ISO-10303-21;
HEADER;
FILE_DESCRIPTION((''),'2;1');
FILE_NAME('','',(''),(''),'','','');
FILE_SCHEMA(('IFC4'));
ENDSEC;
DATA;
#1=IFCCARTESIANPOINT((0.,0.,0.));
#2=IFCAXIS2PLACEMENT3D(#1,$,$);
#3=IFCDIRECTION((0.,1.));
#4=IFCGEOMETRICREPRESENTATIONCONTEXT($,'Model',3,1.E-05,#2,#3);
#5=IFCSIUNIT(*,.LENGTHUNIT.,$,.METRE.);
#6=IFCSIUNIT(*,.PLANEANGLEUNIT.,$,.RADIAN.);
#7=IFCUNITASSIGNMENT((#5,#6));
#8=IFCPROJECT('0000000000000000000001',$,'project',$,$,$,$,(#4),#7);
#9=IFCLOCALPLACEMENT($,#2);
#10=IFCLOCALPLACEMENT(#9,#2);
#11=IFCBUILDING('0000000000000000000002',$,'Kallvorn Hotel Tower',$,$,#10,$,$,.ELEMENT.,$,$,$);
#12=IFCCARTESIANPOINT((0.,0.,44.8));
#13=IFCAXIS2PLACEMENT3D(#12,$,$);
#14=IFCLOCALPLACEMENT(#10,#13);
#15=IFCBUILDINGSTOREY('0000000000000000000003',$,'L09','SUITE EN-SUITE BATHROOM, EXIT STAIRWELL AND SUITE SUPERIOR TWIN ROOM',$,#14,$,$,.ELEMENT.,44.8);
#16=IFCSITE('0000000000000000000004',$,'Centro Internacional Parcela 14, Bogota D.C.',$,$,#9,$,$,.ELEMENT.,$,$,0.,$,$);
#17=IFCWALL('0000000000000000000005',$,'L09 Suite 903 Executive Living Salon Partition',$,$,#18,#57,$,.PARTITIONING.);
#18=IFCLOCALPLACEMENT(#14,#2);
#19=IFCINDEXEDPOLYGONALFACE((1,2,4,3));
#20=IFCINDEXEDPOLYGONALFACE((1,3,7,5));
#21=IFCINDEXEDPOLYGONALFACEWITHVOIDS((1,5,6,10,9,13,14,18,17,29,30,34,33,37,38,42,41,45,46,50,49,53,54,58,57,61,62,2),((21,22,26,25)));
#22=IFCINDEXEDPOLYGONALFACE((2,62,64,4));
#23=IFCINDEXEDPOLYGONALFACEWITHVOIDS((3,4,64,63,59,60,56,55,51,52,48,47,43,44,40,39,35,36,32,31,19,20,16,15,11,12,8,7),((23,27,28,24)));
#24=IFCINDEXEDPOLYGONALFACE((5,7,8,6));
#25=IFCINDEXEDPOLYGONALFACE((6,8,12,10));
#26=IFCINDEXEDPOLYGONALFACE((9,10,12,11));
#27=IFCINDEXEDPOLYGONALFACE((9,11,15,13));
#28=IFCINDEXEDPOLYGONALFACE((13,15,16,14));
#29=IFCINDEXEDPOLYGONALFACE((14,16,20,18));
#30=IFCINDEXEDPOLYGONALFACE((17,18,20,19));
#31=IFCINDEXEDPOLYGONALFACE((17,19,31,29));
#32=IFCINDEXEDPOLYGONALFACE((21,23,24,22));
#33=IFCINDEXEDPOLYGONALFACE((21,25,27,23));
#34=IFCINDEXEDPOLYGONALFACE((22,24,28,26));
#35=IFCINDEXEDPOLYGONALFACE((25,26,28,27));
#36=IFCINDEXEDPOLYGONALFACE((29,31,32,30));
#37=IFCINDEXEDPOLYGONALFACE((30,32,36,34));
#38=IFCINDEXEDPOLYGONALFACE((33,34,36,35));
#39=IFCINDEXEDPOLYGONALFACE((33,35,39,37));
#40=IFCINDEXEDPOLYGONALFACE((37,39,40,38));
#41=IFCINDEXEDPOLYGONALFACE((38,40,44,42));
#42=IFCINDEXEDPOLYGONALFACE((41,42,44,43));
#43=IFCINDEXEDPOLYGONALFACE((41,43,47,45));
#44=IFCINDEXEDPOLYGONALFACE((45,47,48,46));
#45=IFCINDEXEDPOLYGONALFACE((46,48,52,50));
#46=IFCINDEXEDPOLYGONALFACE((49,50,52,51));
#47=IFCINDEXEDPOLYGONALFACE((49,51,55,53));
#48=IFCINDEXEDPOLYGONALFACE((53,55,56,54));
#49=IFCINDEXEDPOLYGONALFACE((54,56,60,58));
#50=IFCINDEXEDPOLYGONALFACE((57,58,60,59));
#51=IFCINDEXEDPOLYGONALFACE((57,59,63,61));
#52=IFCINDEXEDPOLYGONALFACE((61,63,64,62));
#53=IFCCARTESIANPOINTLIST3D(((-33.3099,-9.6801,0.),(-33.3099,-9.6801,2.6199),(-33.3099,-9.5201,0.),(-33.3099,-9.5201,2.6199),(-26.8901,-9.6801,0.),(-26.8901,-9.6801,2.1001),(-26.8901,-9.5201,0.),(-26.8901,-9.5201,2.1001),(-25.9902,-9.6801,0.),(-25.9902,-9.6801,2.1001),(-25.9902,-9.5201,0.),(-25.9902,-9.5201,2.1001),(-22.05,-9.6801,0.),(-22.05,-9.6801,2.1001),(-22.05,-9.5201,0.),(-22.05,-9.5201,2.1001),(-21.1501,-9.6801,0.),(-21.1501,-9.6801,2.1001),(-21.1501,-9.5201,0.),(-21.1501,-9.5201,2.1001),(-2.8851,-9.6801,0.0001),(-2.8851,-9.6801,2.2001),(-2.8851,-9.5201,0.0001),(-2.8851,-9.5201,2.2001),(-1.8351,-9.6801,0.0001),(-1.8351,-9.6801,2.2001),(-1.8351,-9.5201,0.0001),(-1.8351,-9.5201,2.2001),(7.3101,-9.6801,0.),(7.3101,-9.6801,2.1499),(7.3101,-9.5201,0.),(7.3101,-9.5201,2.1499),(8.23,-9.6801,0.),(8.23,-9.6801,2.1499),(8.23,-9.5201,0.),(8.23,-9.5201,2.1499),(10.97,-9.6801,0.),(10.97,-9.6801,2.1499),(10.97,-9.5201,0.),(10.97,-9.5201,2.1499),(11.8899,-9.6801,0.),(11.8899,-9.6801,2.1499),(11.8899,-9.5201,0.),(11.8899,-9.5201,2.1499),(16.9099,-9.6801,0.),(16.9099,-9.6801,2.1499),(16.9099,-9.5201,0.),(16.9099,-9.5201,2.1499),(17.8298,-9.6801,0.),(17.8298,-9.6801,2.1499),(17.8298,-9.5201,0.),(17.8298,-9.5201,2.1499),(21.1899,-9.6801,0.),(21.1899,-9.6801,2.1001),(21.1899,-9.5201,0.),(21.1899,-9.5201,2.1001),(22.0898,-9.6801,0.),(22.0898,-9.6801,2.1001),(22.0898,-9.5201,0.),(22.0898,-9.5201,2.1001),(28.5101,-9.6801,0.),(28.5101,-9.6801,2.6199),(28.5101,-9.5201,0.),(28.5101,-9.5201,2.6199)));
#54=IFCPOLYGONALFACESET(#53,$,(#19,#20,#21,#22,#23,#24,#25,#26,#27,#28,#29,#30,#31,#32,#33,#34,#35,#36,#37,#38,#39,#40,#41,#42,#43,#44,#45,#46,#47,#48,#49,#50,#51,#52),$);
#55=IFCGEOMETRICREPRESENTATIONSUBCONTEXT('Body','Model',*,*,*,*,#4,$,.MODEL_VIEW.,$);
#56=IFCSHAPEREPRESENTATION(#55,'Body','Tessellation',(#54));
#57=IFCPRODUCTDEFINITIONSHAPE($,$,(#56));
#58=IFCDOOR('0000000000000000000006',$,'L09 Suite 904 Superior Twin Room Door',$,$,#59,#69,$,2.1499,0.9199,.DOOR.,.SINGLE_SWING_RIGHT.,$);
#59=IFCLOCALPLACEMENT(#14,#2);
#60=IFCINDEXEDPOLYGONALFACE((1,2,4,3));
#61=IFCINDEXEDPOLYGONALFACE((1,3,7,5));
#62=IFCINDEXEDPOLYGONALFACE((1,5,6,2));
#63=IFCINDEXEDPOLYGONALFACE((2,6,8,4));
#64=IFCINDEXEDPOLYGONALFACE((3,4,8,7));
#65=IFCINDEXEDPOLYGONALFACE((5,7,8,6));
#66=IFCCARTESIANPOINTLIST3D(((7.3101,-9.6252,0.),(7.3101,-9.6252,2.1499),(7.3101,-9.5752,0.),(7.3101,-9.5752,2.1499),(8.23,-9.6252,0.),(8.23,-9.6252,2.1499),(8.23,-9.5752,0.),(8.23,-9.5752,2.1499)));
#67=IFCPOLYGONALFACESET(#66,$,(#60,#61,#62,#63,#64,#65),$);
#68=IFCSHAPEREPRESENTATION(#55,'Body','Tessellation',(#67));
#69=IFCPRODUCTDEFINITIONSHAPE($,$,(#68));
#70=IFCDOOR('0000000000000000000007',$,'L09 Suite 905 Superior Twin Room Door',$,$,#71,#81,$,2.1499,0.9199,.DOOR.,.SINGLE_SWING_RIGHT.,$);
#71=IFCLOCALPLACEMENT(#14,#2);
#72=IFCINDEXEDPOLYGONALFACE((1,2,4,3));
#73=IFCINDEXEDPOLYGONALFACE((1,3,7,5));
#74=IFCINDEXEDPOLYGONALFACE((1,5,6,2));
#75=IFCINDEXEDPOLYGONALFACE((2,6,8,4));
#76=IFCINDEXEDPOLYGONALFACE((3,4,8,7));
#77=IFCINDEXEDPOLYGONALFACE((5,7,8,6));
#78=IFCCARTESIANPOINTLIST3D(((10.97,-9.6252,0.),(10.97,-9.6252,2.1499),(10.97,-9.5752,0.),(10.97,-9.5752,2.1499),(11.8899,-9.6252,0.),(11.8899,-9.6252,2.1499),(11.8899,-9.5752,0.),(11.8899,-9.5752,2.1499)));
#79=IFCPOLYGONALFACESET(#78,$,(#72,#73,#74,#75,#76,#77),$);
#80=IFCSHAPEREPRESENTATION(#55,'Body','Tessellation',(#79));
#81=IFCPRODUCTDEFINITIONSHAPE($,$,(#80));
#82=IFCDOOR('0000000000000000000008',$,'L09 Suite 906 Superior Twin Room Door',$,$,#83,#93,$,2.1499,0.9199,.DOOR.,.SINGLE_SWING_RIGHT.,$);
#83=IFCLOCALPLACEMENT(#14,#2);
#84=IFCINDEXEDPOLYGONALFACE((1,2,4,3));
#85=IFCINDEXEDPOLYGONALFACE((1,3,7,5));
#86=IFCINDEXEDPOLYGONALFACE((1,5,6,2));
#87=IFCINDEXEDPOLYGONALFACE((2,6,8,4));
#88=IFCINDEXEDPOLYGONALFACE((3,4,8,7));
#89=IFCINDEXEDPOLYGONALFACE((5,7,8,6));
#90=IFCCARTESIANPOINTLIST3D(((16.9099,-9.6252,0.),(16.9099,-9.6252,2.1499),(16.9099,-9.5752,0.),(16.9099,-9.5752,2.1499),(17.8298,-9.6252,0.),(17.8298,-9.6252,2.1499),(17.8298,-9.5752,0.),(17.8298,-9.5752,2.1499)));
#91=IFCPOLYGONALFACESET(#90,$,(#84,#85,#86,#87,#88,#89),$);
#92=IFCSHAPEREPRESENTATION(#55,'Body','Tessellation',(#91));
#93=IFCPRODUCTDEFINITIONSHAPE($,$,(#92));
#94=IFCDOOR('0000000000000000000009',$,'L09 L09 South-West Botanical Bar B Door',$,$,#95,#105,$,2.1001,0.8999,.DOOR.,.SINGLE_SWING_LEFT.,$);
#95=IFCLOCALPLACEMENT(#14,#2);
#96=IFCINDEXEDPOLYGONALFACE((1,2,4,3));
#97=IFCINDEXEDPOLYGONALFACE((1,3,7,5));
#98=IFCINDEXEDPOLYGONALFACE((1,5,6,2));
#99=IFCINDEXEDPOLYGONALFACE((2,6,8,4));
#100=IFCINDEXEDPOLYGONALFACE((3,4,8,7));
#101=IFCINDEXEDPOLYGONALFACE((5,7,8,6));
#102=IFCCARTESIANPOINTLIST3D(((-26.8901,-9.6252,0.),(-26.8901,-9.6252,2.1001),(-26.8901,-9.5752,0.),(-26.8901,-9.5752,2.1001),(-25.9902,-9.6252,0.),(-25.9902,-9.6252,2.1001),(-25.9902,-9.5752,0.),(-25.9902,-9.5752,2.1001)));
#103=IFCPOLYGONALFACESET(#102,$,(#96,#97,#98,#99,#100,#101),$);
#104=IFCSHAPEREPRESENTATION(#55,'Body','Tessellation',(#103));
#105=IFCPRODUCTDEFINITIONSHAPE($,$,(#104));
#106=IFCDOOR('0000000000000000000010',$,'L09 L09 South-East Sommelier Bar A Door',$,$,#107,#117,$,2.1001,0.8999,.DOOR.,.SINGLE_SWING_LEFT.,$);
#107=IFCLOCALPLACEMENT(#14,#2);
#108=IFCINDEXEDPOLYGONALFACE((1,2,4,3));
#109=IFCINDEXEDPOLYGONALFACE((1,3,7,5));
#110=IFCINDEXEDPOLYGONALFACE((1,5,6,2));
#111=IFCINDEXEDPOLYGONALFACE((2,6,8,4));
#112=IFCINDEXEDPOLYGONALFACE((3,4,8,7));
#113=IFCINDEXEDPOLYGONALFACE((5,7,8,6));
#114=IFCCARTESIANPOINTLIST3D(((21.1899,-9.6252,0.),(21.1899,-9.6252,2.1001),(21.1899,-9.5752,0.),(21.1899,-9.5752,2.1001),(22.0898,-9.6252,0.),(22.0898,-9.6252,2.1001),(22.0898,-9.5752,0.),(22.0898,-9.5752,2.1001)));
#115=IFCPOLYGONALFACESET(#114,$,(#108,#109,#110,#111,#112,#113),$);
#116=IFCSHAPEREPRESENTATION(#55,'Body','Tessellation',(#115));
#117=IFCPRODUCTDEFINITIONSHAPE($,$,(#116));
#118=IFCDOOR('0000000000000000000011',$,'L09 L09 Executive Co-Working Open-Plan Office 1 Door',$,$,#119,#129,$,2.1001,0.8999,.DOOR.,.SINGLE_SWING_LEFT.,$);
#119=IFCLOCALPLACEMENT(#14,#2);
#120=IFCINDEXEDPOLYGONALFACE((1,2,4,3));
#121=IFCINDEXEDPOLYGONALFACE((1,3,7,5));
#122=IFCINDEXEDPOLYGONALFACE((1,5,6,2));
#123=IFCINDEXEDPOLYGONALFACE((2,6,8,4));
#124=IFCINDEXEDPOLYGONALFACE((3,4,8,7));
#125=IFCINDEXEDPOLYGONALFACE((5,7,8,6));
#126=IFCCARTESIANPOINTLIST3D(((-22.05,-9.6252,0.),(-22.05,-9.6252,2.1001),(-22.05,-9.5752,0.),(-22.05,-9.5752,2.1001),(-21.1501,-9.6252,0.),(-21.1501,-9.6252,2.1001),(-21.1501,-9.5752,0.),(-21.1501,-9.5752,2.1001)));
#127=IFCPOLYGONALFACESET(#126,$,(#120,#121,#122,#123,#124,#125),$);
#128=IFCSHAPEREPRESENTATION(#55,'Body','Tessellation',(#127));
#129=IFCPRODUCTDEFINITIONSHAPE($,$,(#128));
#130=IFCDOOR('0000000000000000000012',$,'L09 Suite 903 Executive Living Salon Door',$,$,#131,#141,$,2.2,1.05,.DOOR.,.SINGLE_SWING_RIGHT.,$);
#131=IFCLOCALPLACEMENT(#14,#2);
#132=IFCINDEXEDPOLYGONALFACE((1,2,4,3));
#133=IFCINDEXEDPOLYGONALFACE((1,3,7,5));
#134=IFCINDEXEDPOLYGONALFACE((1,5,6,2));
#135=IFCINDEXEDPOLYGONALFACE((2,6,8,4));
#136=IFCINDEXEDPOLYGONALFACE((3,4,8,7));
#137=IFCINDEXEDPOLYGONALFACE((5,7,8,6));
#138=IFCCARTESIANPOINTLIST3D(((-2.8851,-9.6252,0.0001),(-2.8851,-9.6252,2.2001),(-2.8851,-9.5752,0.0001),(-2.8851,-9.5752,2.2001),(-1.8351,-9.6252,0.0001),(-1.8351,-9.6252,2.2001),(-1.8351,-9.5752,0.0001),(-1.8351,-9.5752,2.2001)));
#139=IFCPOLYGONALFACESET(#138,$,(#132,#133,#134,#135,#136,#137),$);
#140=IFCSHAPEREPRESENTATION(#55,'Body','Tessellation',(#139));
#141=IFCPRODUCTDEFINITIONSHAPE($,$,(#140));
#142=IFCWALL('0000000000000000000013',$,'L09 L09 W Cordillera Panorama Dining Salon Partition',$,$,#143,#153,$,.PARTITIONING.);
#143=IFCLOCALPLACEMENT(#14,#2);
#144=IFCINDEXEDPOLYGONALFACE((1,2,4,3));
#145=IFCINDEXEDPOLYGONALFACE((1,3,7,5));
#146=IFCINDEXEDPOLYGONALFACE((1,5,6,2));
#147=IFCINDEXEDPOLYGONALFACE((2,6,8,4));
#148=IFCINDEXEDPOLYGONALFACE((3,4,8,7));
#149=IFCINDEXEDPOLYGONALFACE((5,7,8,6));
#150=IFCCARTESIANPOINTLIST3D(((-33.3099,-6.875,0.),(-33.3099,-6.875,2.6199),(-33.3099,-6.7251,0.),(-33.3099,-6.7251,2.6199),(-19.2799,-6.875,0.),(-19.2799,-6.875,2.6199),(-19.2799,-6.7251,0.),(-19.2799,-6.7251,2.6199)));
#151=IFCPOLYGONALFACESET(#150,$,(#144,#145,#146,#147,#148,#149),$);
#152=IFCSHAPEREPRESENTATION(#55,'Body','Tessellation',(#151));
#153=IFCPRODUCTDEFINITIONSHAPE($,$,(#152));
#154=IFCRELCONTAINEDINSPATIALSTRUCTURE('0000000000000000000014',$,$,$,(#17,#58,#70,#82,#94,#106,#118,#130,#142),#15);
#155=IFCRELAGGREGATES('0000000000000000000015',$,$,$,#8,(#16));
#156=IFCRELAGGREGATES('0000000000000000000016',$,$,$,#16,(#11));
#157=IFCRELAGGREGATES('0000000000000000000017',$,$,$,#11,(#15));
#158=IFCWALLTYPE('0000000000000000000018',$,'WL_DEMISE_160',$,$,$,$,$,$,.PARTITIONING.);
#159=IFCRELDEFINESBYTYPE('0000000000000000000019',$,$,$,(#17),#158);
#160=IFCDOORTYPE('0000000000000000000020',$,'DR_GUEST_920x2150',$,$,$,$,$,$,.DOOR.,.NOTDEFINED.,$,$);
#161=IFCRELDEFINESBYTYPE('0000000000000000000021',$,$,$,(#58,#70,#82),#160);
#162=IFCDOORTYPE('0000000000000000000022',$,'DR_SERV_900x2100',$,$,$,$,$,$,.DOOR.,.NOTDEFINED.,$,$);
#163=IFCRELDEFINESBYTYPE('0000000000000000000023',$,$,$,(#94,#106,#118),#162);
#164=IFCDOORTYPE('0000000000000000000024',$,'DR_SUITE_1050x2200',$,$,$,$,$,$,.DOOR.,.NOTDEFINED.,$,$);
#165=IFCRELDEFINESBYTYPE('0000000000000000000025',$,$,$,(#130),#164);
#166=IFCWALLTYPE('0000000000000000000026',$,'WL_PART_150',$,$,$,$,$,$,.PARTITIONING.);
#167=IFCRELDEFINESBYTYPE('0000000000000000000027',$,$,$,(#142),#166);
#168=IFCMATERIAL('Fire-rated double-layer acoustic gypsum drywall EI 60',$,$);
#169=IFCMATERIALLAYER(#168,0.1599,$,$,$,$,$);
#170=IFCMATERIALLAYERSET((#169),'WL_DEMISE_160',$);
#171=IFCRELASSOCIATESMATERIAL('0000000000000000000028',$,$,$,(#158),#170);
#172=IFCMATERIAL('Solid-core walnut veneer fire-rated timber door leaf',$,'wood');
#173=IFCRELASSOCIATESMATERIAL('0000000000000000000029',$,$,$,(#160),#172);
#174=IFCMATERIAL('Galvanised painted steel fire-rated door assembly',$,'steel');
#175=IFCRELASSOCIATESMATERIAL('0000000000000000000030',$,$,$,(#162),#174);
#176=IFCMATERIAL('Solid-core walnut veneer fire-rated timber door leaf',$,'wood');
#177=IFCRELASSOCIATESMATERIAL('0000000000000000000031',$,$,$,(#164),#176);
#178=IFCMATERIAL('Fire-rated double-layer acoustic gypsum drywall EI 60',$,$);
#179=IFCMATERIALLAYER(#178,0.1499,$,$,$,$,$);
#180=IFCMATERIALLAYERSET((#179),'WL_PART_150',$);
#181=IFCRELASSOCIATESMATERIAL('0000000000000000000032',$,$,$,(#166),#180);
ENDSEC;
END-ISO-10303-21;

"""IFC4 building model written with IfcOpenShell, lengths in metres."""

from ifc_helpers import new_model, si_unit, direction, frame, frame_2d, origin, place, context, subcontext, project, spatial, rectangle, extrude, material, layer, layer_set, type_object, element, fill, save


model = new_model("IFC4")

# Units and contexts
model_context = context("Model", 3, precision=1e-05, world=origin(), true_north=direction((0.0, 1.0)))
body_context = subcontext(model_context, "Body", "Model", "MODEL_VIEW")
ifc_project = project(units=[si_unit("LENGTHUNIT", "METRE"), si_unit("PLANEANGLEUNIT", "RADIAN")], contexts=[model_context])

# Site, building, storey
site_placement = place(None, origin())
site = spatial("IfcSite", under=ifc_project, at=site_placement, Name="Centro Internacional Parcela 14, Bogota D.C.", CompositionType="ELEMENT", RefElevation=0.0)
building_placement = place(site_placement, origin())
building = spatial("IfcBuilding", under=site, at=building_placement, Name="Kallvorn Hotel Tower", CompositionType="ELEMENT")
storey_placement = place(building_placement, frame((0.0, 0.0, 44.8)))
storey = spatial("IfcBuildingStorey", under=building, at=storey_placement, Name="L09", Description="SUITE EN-SUITE BATHROOM, EXIT STAIRWELL AND SUITE SUPERIOR TWIN ROOM", CompositionType="ELEMENT", Elevation=44.8)

# Wall, openings, doors
ifc_material_1 = material(Name="Fire-rated double-layer acoustic gypsum drywall EI 60")
ifc_layer_1 = layer(ifc_material_1, 0.1599)
ifc_layer_set_1 = layer_set([ifc_layer_1], Name="WL_DEMISE_160")
wall_type_1 = type_object("IfcWallType", Name="WL_DEMISE_160", PredefinedType="PARTITIONING", material=ifc_layer_set_1)
wall_1_placement = place(storey_placement, frame((-33.3101, -9.6001, 0.0), z_axis=(0.0, 0.0, 1.0), x_axis=(1.0, 0.0, 0.0)))
wall_1 = element("IfcWall", 1, at=wall_1_placement, inside=storey, type_object=wall_type_1, Name="L09 Suite 903 Executive Living Salon Partition", PredefinedType="PARTITIONING", context=body_context, shape_type="SweptSolid", body=[
    extrude(rectangle(XDim=61.8201, YDim=0.1599, at=frame_2d((30.9102, 0.0))), origin(), (0.0, 0.0, 1.0), 2.6199),
])
opening_1_placement = place(wall_1_placement, frame((6.4199, 0.0, 0.0)))
opening_1 = element("IfcOpeningElement", 2, at=opening_1_placement, cuts=wall_1, PredefinedType="OPENING", context=body_context, shape_type="SweptSolid", body=[
    extrude(rectangle(XDim=0.8999, YDim=2.1001, at=frame_2d((0.45, 1.05))), frame((0.0, 0.095, 0.0), z_axis=(0.0, -1.0, 0.0), x_axis=(1.0, 0.0, 0.0)), (0.0, 0.0, 1.0), 0.1899),
])
opening_2_placement = place(wall_1_placement, frame((54.5, 0.0, 0.0)))
opening_2 = element("IfcOpeningElement", 3, at=opening_2_placement, cuts=wall_1, PredefinedType="OPENING", context=body_context, shape_type="SweptSolid", body=[
    extrude(rectangle(XDim=0.8999, YDim=2.1001, at=frame_2d((0.45, 1.05))), frame((0.0, 0.095, 0.0), z_axis=(0.0, -1.0, 0.0), x_axis=(1.0, 0.0, 0.0)), (0.0, 0.0, 1.0), 0.1899),
])
opening_3_placement = place(wall_1_placement, frame((11.26, 0.0, 0.0)))
opening_3 = element("IfcOpeningElement", 4, at=opening_3_placement, cuts=wall_1, PredefinedType="OPENING", context=body_context, shape_type="SweptSolid", body=[
    extrude(rectangle(XDim=0.8999, YDim=2.1001, at=frame_2d((0.45, 1.05))), frame((0.0, 0.095, 0.0), z_axis=(0.0, -1.0, 0.0), x_axis=(1.0, 0.0, 0.0)), (0.0, 0.0, 1.0), 0.1899),
])
opening_4_placement = place(wall_1_placement, frame((30.425, 0.0, 0.0)))
opening_4 = element("IfcOpeningElement", 5, at=opening_4_placement, cuts=wall_1, PredefinedType="OPENING", context=body_context, shape_type="SweptSolid", body=[
    extrude(rectangle(XDim=1.05, YDim=2.2, at=frame_2d((0.5249, 1.1001))), frame((0.0, 0.095, 0.0), z_axis=(0.0, -1.0, 0.0), x_axis=(1.0, 0.0, 0.0)), (0.0, 0.0, 1.0), 0.1899),
])
opening_5_placement = place(wall_1_placement, frame((40.6201, 0.0, 0.0)))
opening_5 = element("IfcOpeningElement", 6, at=opening_5_placement, cuts=wall_1, PredefinedType="OPENING", context=body_context, shape_type="SweptSolid", body=[
    extrude(rectangle(XDim=0.9199, YDim=2.1499, at=frame_2d((0.46, 1.075))), frame((0.0, 0.095, 0.0), z_axis=(0.0, -1.0, 0.0), x_axis=(1.0, 0.0, 0.0)), (0.0, 0.0, 1.0), 0.1899),
])
opening_6_placement = place(wall_1_placement, frame((44.28, 0.0, 0.0)))
opening_6 = element("IfcOpeningElement", 7, at=opening_6_placement, cuts=wall_1, PredefinedType="OPENING", context=body_context, shape_type="SweptSolid", body=[
    extrude(rectangle(XDim=0.9199, YDim=2.1499, at=frame_2d((0.46, 1.075))), frame((0.0, 0.095, 0.0), z_axis=(0.0, -1.0, 0.0), x_axis=(1.0, 0.0, 0.0)), (0.0, 0.0, 1.0), 0.1899),
])
opening_7_placement = place(wall_1_placement, frame((50.22, 0.0, 0.0)))
opening_7 = element("IfcOpeningElement", 8, at=opening_7_placement, cuts=wall_1, PredefinedType="OPENING", context=body_context, shape_type="SweptSolid", body=[
    extrude(rectangle(XDim=0.9199, YDim=2.1499, at=frame_2d((0.46, 1.075))), frame((0.0, 0.095, 0.0), z_axis=(0.0, -1.0, 0.0), x_axis=(1.0, 0.0, 0.0)), (0.0, 0.0, 1.0), 0.1899),
])
ifc_material_2 = material(Name="Solid-core walnut veneer fire-rated timber door leaf", Category="wood")
door_type_1 = type_object("IfcDoorType", Name="DR_GUEST_920x2150", OperationType="NOTDEFINED", PredefinedType="DOOR", material=ifc_material_2)
door_1_placement = place(opening_5_placement, origin())
door_1 = element("IfcDoor", 9, at=door_1_placement, inside=storey, type_object=door_type_1, Name="L09 Suite 904 Superior Twin Room Door", OperationType="SINGLE_SWING_RIGHT", OverallHeight=2.1499, OverallWidth=0.9199, PredefinedType="DOOR", context=body_context, shape_type="SweptSolid", body=[
    extrude(rectangle(XDim=0.9199, YDim=2.1499, at=frame_2d((0.46, 1.075))), frame((0.0, 0.0249, 0.0), z_axis=(0.0, -1.0, 0.0), x_axis=(1.0, 0.0, 0.0)), (0.0, 0.0, 1.0), 0.05),
])
fill(opening_5, door_1)
door_2_placement = place(opening_6_placement, origin())
door_2 = element("IfcDoor", 10, at=door_2_placement, inside=storey, type_object=door_type_1, Name="L09 Suite 905 Superior Twin Room Door", OperationType="SINGLE_SWING_RIGHT", OverallHeight=2.1499, OverallWidth=0.9199, PredefinedType="DOOR", context=body_context, shape_type="SweptSolid", body=[
    extrude(rectangle(XDim=0.9199, YDim=2.1499, at=frame_2d((0.46, 1.075))), frame((0.0, 0.0249, 0.0), z_axis=(0.0, -1.0, 0.0), x_axis=(1.0, 0.0, 0.0)), (0.0, 0.0, 1.0), 0.05),
])
fill(opening_6, door_2)
door_3_placement = place(opening_7_placement, origin())
door_3 = element("IfcDoor", 11, at=door_3_placement, inside=storey, type_object=door_type_1, Name="L09 Suite 906 Superior Twin Room Door", OperationType="SINGLE_SWING_RIGHT", OverallHeight=2.1499, OverallWidth=0.9199, PredefinedType="DOOR", context=body_context, shape_type="SweptSolid", body=[
    extrude(rectangle(XDim=0.9199, YDim=2.1499, at=frame_2d((0.46, 1.075))), frame((0.0, 0.0249, 0.0), z_axis=(0.0, -1.0, 0.0), x_axis=(1.0, 0.0, 0.0)), (0.0, 0.0, 1.0), 0.05),
])
fill(opening_7, door_3)
ifc_material_3 = material(Name="Galvanised painted steel fire-rated door assembly", Category="steel")
door_type_2 = type_object("IfcDoorType", Name="DR_SERV_900x2100", OperationType="NOTDEFINED", PredefinedType="DOOR", material=ifc_material_3)
door_4_placement = place(opening_1_placement, origin())
door_4 = element("IfcDoor", 12, at=door_4_placement, inside=storey, type_object=door_type_2, Name="L09 L09 South-West Botanical Bar B Door", OperationType="SINGLE_SWING_LEFT", OverallHeight=2.1001, OverallWidth=0.8999, PredefinedType="DOOR", context=body_context, shape_type="SweptSolid", body=[
    extrude(rectangle(XDim=0.8999, YDim=2.1001, at=frame_2d((0.45, 1.05))), frame((0.0, 0.0249, 0.0), z_axis=(0.0, -1.0, 0.0), x_axis=(1.0, 0.0, 0.0)), (0.0, 0.0, 1.0), 0.05),
])
fill(opening_1, door_4)
door_5_placement = place(opening_2_placement, origin())
door_5 = element("IfcDoor", 13, at=door_5_placement, inside=storey, type_object=door_type_2, Name="L09 L09 South-East Sommelier Bar A Door", OperationType="SINGLE_SWING_LEFT", OverallHeight=2.1001, OverallWidth=0.8999, PredefinedType="DOOR", context=body_context, shape_type="SweptSolid", body=[
    extrude(rectangle(XDim=0.8999, YDim=2.1001, at=frame_2d((0.45, 1.05))), frame((0.0, 0.0249, 0.0), z_axis=(0.0, -1.0, 0.0), x_axis=(1.0, 0.0, 0.0)), (0.0, 0.0, 1.0), 0.05),
])
fill(opening_2, door_5)
door_6_placement = place(opening_3_placement, origin())
door_6 = element("IfcDoor", 14, at=door_6_placement, inside=storey, type_object=door_type_2, Name="L09 L09 Executive Co-Working Open-Plan Office 1 Door", OperationType="SINGLE_SWING_LEFT", OverallHeight=2.1001, OverallWidth=0.8999, PredefinedType="DOOR", context=body_context, shape_type="SweptSolid", body=[
    extrude(rectangle(XDim=0.8999, YDim=2.1001, at=frame_2d((0.45, 1.05))), frame((0.0, 0.0249, 0.0), z_axis=(0.0, -1.0, 0.0), x_axis=(1.0, 0.0, 0.0)), (0.0, 0.0, 1.0), 0.05),
])
fill(opening_3, door_6)
ifc_material_4 = material(Name="Solid-core walnut veneer fire-rated timber door leaf", Category="wood")
door_type_3 = type_object("IfcDoorType", Name="DR_SUITE_1050x2200", OperationType="NOTDEFINED", PredefinedType="DOOR", material=ifc_material_4)
door_7_placement = place(opening_4_placement, origin())
door_7 = element("IfcDoor", 15, at=door_7_placement, inside=storey, type_object=door_type_3, Name="L09 Suite 903 Executive Living Salon Door", OperationType="SINGLE_SWING_RIGHT", OverallHeight=2.2, OverallWidth=1.05, PredefinedType="DOOR", context=body_context, shape_type="SweptSolid", body=[
    extrude(rectangle(XDim=1.05, YDim=2.2, at=frame_2d((0.5249, 1.1001))), frame((0.0, 0.0249, 0.0), z_axis=(0.0, -1.0, 0.0), x_axis=(1.0, 0.0, 0.0)), (0.0, 0.0, 1.0), 0.05),
])
fill(opening_4, door_7)

# Wall
ifc_material_5 = material(Name="Fire-rated double-layer acoustic gypsum drywall EI 60")
ifc_layer_2 = layer(ifc_material_5, 0.1499)
ifc_layer_set_2 = layer_set([ifc_layer_2], Name="WL_PART_150")
wall_type_2 = type_object("IfcWallType", Name="WL_PART_150", PredefinedType="PARTITIONING", material=ifc_layer_set_2)
wall_2_placement = place(storey_placement, frame((-33.3101, -6.8, 0.0), z_axis=(0.0, 0.0, 1.0), x_axis=(1.0, 0.0, 0.0)))
element("IfcWall", 16, at=wall_2_placement, inside=storey, type_object=wall_type_2, Name="L09 L09 W Cordillera Panorama Dining Salon Partition", PredefinedType="PARTITIONING", context=body_context, shape_type="SweptSolid", body=[
    extrude(rectangle(XDim=14.03, YDim=0.1499, at=frame_2d((7.0151, 0.0))), origin(), (0.0, 0.0, 1.0), 2.6199),
])

save(model, "model.ifc")
